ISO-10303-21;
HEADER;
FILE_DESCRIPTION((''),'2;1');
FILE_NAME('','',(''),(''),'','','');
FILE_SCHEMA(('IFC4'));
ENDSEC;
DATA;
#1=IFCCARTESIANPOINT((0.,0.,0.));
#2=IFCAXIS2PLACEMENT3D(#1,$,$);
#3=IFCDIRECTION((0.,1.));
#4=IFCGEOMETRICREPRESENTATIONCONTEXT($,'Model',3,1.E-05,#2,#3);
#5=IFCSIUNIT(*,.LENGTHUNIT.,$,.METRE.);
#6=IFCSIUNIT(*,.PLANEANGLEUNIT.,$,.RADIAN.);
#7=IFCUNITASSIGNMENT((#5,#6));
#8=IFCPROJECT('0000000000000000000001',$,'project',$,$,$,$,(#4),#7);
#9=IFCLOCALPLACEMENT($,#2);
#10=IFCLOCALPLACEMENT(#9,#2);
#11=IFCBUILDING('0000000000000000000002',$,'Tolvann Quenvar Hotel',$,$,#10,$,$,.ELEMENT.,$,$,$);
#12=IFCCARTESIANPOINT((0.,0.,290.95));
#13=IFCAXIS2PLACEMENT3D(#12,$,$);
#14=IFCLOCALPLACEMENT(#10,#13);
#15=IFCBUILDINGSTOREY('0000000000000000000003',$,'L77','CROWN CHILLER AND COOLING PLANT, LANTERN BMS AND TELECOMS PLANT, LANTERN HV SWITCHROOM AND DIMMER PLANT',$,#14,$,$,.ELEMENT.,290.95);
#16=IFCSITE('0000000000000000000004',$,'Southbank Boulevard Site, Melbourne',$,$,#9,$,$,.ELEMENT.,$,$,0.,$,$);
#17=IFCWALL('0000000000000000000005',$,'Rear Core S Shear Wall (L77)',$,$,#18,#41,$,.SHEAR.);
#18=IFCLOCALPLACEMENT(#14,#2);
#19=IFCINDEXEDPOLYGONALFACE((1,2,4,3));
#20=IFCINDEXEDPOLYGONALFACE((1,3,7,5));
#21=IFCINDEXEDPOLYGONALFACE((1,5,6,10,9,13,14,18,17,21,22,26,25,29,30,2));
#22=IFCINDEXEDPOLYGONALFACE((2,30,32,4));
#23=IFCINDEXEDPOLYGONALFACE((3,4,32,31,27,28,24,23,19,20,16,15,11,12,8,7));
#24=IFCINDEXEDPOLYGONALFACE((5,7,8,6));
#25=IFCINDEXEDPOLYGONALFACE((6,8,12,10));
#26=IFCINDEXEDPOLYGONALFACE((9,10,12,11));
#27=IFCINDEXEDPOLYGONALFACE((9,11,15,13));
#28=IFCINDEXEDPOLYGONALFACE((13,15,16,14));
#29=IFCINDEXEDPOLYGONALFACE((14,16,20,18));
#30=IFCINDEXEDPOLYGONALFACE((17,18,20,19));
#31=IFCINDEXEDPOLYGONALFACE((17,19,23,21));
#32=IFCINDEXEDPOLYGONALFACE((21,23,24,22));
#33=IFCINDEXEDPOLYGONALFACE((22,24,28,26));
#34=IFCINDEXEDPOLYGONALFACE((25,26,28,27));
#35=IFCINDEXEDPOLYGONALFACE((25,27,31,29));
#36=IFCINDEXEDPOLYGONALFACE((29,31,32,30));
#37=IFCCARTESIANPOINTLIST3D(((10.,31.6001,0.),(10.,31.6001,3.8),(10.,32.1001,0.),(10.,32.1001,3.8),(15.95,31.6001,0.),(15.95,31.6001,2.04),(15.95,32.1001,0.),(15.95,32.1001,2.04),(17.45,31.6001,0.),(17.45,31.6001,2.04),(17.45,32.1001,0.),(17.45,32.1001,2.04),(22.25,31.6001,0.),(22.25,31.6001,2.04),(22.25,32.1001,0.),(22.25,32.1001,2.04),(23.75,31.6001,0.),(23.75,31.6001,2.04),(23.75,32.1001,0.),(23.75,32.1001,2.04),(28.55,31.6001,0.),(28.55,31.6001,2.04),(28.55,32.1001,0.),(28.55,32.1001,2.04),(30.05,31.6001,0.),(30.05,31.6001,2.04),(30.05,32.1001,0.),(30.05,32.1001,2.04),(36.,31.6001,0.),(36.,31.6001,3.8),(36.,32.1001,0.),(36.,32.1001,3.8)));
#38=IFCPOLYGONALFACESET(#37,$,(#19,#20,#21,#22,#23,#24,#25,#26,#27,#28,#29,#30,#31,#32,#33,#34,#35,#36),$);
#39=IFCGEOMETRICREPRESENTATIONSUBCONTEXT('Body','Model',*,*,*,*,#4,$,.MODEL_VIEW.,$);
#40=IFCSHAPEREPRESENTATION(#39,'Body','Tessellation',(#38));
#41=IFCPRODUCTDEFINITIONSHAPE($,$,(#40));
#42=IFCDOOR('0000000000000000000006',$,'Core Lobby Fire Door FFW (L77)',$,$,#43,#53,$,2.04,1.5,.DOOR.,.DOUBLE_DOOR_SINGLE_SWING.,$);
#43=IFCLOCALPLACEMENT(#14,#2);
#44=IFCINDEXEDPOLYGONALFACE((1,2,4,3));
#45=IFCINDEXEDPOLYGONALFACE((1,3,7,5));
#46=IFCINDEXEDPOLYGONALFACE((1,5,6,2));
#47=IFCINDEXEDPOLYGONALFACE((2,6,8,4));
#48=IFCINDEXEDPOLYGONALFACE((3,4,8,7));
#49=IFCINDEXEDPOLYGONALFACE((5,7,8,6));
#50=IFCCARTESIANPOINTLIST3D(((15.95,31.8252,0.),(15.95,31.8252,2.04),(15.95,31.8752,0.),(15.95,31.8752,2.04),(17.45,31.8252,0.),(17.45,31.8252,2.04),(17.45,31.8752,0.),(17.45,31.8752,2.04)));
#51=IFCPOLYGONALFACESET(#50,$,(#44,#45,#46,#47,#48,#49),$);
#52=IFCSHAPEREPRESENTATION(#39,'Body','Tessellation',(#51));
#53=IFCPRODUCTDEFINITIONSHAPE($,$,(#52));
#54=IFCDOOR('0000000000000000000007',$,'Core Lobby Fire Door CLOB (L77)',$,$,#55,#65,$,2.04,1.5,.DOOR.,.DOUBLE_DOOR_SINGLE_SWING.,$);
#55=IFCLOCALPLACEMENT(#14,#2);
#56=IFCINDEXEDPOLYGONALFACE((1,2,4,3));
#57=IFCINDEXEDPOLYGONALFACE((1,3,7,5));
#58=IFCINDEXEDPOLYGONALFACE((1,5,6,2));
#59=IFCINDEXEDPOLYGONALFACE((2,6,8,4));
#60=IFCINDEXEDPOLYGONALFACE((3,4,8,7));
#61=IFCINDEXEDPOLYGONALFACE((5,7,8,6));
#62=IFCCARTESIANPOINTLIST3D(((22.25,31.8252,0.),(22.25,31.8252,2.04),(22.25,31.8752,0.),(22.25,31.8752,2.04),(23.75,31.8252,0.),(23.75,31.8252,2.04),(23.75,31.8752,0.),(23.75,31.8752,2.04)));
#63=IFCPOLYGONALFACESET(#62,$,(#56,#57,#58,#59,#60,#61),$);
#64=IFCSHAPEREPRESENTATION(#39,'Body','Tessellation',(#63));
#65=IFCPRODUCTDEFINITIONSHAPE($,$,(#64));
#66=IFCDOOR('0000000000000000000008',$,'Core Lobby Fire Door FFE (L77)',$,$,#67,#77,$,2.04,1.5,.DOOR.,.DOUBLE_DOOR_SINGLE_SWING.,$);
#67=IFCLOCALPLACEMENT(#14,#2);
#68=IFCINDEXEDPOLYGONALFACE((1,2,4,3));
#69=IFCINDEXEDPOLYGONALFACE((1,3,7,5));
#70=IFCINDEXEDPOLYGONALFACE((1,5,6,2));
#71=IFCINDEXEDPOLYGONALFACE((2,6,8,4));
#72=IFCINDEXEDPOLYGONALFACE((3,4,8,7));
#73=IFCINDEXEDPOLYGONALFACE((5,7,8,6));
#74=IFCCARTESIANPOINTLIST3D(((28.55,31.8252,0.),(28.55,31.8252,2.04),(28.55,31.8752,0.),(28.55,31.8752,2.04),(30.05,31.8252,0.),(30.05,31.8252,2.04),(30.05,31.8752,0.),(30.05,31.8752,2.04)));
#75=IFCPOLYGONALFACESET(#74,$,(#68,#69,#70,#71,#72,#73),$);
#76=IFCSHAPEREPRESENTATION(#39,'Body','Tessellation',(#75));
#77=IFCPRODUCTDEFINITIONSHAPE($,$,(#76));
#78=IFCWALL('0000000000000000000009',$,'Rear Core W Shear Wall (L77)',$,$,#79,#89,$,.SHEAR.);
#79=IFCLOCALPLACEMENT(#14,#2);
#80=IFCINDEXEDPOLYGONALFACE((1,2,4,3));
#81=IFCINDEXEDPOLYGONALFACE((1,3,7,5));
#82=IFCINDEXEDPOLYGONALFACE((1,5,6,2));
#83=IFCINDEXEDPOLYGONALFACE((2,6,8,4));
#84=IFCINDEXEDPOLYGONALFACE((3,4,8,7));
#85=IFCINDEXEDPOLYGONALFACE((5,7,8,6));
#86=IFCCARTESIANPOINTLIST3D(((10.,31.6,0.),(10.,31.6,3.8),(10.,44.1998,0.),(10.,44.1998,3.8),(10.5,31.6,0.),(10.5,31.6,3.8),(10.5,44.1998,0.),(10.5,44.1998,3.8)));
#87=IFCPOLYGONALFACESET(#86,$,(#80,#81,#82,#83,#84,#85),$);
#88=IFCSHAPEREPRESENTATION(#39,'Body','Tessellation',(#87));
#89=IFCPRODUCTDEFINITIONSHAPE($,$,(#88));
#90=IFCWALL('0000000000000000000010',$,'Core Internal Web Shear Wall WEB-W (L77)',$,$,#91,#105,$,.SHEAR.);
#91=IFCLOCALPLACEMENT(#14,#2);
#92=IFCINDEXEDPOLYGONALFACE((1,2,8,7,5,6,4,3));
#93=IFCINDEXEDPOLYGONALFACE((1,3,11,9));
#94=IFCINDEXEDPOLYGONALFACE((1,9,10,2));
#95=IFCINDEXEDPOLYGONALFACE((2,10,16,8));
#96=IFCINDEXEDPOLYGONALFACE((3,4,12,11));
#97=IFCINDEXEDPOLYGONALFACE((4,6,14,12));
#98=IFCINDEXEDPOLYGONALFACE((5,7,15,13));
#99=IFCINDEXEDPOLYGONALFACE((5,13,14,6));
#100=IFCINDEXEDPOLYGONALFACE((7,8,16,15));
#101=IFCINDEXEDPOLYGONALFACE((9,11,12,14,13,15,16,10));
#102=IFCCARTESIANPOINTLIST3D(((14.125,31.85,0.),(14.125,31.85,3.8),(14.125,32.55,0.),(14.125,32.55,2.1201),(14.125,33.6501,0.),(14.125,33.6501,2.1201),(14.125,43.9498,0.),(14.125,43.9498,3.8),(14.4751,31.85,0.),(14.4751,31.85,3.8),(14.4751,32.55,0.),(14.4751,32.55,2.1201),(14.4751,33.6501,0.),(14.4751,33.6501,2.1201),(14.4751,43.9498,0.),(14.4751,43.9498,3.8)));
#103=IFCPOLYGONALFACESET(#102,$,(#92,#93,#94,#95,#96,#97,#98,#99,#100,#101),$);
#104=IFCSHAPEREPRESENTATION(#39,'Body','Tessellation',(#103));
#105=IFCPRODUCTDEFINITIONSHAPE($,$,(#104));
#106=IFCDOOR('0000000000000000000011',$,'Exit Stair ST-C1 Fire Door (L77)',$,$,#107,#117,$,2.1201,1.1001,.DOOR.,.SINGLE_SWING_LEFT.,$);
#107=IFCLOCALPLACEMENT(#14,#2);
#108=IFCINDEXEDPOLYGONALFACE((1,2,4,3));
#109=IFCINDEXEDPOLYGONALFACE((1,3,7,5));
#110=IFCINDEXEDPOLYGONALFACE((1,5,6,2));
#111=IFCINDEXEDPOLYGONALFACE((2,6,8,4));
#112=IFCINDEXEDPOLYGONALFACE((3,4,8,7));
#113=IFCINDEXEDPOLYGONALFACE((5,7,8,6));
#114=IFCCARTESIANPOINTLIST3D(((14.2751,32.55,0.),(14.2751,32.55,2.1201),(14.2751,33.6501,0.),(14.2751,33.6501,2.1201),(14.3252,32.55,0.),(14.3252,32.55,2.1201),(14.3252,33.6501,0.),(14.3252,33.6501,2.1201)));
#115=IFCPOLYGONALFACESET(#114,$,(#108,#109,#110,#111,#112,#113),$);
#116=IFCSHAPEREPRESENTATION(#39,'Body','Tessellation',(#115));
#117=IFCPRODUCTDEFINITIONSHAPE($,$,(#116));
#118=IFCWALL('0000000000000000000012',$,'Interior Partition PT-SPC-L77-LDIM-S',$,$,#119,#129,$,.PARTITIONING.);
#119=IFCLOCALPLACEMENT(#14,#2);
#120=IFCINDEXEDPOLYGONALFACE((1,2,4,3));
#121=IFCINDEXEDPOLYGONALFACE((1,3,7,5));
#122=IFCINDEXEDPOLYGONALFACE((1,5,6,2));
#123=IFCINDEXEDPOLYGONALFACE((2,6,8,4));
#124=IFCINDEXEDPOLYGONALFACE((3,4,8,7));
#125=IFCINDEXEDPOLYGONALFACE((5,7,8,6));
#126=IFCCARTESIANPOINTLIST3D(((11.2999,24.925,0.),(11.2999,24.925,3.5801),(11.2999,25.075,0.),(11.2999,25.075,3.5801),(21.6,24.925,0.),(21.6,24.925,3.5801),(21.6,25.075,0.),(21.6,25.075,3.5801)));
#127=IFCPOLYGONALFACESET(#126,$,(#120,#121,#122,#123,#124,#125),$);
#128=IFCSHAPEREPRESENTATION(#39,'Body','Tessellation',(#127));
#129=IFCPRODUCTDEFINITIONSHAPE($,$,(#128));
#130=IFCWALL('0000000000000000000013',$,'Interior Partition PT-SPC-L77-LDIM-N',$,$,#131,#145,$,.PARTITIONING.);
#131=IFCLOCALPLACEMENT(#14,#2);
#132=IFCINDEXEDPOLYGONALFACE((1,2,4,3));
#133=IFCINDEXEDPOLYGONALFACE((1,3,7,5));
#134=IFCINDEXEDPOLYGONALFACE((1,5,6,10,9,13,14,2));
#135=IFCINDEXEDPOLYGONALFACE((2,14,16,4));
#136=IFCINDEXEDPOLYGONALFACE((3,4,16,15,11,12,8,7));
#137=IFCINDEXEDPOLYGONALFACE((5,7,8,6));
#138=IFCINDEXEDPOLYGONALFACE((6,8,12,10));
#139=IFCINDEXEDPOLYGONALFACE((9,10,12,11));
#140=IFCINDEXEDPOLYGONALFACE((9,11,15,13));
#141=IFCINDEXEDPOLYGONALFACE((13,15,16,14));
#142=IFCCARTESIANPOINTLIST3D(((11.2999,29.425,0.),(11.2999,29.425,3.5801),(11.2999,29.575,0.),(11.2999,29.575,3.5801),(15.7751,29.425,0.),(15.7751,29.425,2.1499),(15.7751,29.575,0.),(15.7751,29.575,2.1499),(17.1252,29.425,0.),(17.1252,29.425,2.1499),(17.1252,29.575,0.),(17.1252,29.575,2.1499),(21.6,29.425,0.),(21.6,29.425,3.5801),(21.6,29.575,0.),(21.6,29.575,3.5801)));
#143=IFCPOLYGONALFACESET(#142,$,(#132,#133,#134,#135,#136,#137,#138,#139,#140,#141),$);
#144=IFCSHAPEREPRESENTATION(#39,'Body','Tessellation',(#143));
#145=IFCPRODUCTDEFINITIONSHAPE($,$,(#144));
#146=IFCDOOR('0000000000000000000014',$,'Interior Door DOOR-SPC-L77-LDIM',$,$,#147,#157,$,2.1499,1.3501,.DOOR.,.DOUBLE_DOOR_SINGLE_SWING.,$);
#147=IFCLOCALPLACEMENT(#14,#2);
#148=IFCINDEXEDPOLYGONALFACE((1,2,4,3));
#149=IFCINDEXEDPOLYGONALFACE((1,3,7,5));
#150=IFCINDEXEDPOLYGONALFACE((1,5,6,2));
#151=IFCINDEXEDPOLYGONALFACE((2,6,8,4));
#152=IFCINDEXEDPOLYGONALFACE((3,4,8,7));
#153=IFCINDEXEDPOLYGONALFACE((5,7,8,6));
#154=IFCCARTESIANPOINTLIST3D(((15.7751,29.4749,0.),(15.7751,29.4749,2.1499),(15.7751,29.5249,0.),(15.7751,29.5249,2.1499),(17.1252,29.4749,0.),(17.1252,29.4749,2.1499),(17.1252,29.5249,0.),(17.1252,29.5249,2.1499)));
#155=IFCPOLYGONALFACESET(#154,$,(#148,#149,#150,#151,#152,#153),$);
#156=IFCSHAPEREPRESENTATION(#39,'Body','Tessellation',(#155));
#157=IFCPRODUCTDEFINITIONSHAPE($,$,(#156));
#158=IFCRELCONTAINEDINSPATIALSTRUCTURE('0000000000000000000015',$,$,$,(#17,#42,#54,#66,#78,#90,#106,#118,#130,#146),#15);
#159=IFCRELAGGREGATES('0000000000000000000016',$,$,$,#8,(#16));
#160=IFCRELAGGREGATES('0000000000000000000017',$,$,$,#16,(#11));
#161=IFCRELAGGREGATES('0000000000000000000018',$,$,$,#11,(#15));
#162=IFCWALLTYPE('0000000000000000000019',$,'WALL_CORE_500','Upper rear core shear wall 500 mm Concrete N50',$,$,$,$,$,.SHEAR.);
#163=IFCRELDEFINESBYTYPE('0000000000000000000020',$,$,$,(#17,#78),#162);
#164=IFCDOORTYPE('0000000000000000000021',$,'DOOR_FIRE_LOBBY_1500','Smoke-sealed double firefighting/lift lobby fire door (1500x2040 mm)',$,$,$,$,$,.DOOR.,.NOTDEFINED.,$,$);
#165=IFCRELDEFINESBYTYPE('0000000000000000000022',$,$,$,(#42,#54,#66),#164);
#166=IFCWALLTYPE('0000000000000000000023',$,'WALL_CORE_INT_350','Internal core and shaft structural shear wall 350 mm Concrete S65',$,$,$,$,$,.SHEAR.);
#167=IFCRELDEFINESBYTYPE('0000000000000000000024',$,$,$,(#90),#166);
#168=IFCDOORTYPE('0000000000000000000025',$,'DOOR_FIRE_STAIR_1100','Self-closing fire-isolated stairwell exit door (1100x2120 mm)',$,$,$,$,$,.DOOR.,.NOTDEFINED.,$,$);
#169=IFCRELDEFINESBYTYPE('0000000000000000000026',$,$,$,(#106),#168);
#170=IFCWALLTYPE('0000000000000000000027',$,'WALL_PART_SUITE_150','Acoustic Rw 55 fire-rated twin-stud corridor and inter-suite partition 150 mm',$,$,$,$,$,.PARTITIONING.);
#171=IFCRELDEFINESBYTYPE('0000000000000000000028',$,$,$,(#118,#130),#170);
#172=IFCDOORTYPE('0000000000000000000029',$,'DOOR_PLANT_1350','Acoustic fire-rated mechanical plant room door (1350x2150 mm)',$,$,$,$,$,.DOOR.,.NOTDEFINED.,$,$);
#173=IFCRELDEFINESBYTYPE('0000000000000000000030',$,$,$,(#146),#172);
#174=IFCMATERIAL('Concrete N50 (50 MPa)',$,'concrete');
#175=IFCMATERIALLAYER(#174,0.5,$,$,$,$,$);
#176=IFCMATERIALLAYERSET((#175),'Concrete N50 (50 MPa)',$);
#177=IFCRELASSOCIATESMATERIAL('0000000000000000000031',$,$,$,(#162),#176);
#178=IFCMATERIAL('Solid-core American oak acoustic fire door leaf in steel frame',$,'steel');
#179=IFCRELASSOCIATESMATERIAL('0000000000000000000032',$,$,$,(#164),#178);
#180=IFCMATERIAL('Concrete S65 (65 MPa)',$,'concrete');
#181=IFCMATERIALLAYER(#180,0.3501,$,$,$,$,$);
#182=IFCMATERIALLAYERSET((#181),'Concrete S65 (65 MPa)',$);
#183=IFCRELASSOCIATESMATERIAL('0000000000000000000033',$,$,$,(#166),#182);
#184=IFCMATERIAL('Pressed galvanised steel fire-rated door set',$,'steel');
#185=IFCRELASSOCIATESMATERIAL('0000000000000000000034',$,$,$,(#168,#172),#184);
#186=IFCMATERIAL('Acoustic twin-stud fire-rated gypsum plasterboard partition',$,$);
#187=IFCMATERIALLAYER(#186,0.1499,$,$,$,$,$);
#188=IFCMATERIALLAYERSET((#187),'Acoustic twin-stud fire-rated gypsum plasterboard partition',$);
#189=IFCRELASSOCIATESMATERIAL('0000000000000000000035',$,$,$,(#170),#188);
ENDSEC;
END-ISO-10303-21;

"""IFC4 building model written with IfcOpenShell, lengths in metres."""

from ifc_helpers import new_model, si_unit, direction, frame, frame_2d, origin, place, context, subcontext, project, spatial, rectangle, extrude, source, transform, mapped, material, layer, layer_set, type_object, type_shapes, element, fill, save


model = new_model("IFC4")

# Units and contexts
model_context = context("Model", 3, precision=1e-05, world=origin(), true_north=direction((0.0, 1.0)))
body_context = subcontext(model_context, "Body", "Model", "MODEL_VIEW")
ifc_project = project(units=[si_unit("LENGTHUNIT", "METRE"), si_unit("PLANEANGLEUNIT", "RADIAN")], contexts=[model_context])

# Site, building, storey
site_placement = place(None, origin())
site = spatial("IfcSite", under=ifc_project, at=site_placement, Name="Southbank Boulevard Site, Melbourne", CompositionType="ELEMENT", RefElevation=0.0)
building_placement = place(site_placement, origin())
building = spatial("IfcBuilding", under=site, at=building_placement, Name="Tolvann Quenvar Hotel", CompositionType="ELEMENT")
storey_placement = place(building_placement, frame((0.0, 0.0, 290.95)))
storey = spatial("IfcBuildingStorey", under=building, at=storey_placement, Name="L77", Description="CROWN CHILLER AND COOLING PLANT, LANTERN BMS AND TELECOMS PLANT, LANTERN HV SWITCHROOM AND DIMMER PLANT", CompositionType="ELEMENT", Elevation=290.95)

# Shared definitions
ifc_material_1 = material(Name="Concrete N50 (50 MPa)", Category="concrete")

# Wall, openings, doors
ifc_layer_1 = layer(ifc_material_1, 0.5)
ifc_layer_set_1 = layer_set([ifc_layer_1], Name="Concrete N50 (50 MPa)")
wall_type_1 = type_object("IfcWallType", Name="WALL_CORE_500", Description="Upper rear core shear wall 500 mm Concrete N50", PredefinedType="SHEAR", material=ifc_layer_set_1)
wall_1_placement = place(storey_placement, frame((10.0, 31.8501, 0.0), z_axis=(0.0, 0.0, 1.0), x_axis=(1.0, 0.0, 0.0)))
wall_1 = element("IfcWall", 1, at=wall_1_placement, inside=storey, type_object=wall_type_1, Name="Rear Core S Shear Wall (L77)", PredefinedType="SHEAR", context=body_context, shape_type="SweptSolid", body=[
    extrude(rectangle(XDim=26.0, YDim=0.5, at=frame_2d((13.0, 0.0))), origin(), (0.0, 0.0, 1.0), 3.8),
])
opening_1_placement = place(wall_1_placement, frame((7.45, 0.0, 0.0), z_axis=(0.0, 0.0, 1.0), x_axis=(-1.0, 0.0, 0.0)))
opening_1 = element("IfcOpeningElement", 2, at=opening_1_placement, cuts=wall_1, PredefinedType="OPENING", context=body_context, shape_type="SweptSolid", body=[
    extrude(rectangle(XDim=1.5, YDim=2.04, at=frame_2d((0.75, 1.02))), frame((0.0, 0.26, 0.0), z_axis=(0.0, -1.0, 0.0), x_axis=(1.0, 0.0, 0.0)), (0.0, 0.0, 1.0), 0.52),
])
opening_2_placement = place(wall_1_placement, frame((13.75, 0.0, 0.0), z_axis=(0.0, 0.0, 1.0), x_axis=(-1.0, 0.0, 0.0)))
opening_2 = element("IfcOpeningElement", 3, at=opening_2_placement, cuts=wall_1, PredefinedType="OPENING", context=body_context, shape_type="SweptSolid", body=[
    extrude(rectangle(XDim=1.5, YDim=2.04, at=frame_2d((0.75, 1.02))), frame((0.0, 0.26, 0.0), z_axis=(0.0, -1.0, 0.0), x_axis=(1.0, 0.0, 0.0)), (0.0, 0.0, 1.0), 0.52),
])
opening_3_placement = place(wall_1_placement, frame((20.05, 0.0, 0.0), z_axis=(0.0, 0.0, 1.0), x_axis=(-1.0, 0.0, 0.0)))
opening_3 = element("IfcOpeningElement", 4, at=opening_3_placement, cuts=wall_1, PredefinedType="OPENING", context=body_context, shape_type="SweptSolid", body=[
    extrude(rectangle(XDim=1.5, YDim=2.04, at=frame_2d((0.75, 1.02))), frame((0.0, 0.26, 0.0), z_axis=(0.0, -1.0, 0.0), x_axis=(1.0, 0.0, 0.0)), (0.0, 0.0, 1.0), 0.52),
])
ifc_material_2 = material(Name="Solid-core American oak acoustic fire door leaf in steel frame", Category="steel")
door_type_1 = type_object("IfcDoorType", Name="DOOR_FIRE_LOBBY_1500", Description="Smoke-sealed double firefighting/lift lobby fire door (1500x2040 mm)", OperationType="NOTDEFINED", PredefinedType="DOOR", material=ifc_material_2)
shared_shape_1 = source(origin(), body_context, "Body", "SweptSolid", [
    extrude(rectangle(XDim=1.5, YDim=2.04, at=frame_2d((0.75, 1.02))), frame((0.0, 0.0249, 0.0), z_axis=(0.0, -1.0, 0.0), x_axis=(1.0, 0.0, 0.0)), (0.0, 0.0, 1.0), 0.05),
])
type_shapes(door_type_1, [shared_shape_1])
door_1_placement = place(opening_1_placement, origin())
door_1 = element("IfcDoor", 5, at=door_1_placement, inside=storey, type_object=door_type_1, Name="Core Lobby Fire Door FFW (L77)", OperationType="DOUBLE_DOOR_SINGLE_SWING", OverallHeight=2.04, OverallWidth=1.5, PredefinedType="DOOR", context=body_context, shape_type="MappedRepresentation", body=[
    mapped(shared_shape_1, transform((0.0, 0.0, 0.0), x_axis=(1.0, 0.0, 0.0), y_axis=(0.0, 1.0, 0.0), z_axis=(0.0, 0.0, 1.0), scale=1.0)),
])
fill(opening_1, door_1)
door_2_placement = place(opening_2_placement, origin())
door_2 = element("IfcDoor", 6, at=door_2_placement, inside=storey, type_object=door_type_1, Name="Core Lobby Fire Door CLOB (L77)", OperationType="DOUBLE_DOOR_SINGLE_SWING", OverallHeight=2.04, OverallWidth=1.5, PredefinedType="DOOR", context=body_context, shape_type="MappedRepresentation", body=[
    mapped(shared_shape_1, transform((0.0, 0.0, 0.0), x_axis=(1.0, 0.0, 0.0), y_axis=(0.0, 1.0, 0.0), z_axis=(0.0, 0.0, 1.0), scale=1.0)),
])
fill(opening_2, door_2)
door_3_placement = place(opening_3_placement, origin())
door_3 = element("IfcDoor", 7, at=door_3_placement, inside=storey, type_object=door_type_1, Name="Core Lobby Fire Door FFE (L77)", OperationType="DOUBLE_DOOR_SINGLE_SWING", OverallHeight=2.04, OverallWidth=1.5, PredefinedType="DOOR", context=body_context, shape_type="MappedRepresentation", body=[
    mapped(shared_shape_1, transform((0.0, 0.0, 0.0), x_axis=(1.0, 0.0, 0.0), y_axis=(0.0, 1.0, 0.0), z_axis=(0.0, 0.0, 1.0), scale=1.0)),
])
fill(opening_3, door_3)

# Wall
wall_2_placement = place(storey_placement, frame((10.25, 31.6001, 0.0), z_axis=(0.0, 0.0, 1.0), x_axis=(0.0, 1.0, 0.0)))
element("IfcWall", 8, at=wall_2_placement, inside=storey, type_object=wall_type_1, Name="Rear Core W Shear Wall (L77)", PredefinedType="SHEAR", context=body_context, shape_type="SweptSolid", body=[
    extrude(rectangle(XDim=12.5999, YDim=0.5, at=frame_2d((6.2998, 0.0))), origin(), (0.0, 0.0, 1.0), 3.8),
])

# Wall, opening, door
ifc_material_3 = material(Name="Concrete S65 (65 MPa)", Category="concrete")
ifc_layer_2 = layer(ifc_material_3, 0.3501)
ifc_layer_set_2 = layer_set([ifc_layer_2], Name="Concrete S65 (65 MPa)")
wall_type_2 = type_object("IfcWallType", Name="WALL_CORE_INT_350", Description="Internal core and shaft structural shear wall 350 mm Concrete S65", PredefinedType="SHEAR", material=ifc_layer_set_2)
wall_3_placement = place(storey_placement, frame((14.3, 31.8501, 0.0), z_axis=(0.0, 0.0, 1.0), x_axis=(0.0, 1.0, 0.0)))
wall_3 = element("IfcWall", 9, at=wall_3_placement, inside=storey, type_object=wall_type_2, Name="Core Internal Web Shear Wall WEB-W (L77)", PredefinedType="SHEAR", context=body_context, shape_type="SweptSolid", body=[
    extrude(rectangle(XDim=12.0999, YDim=0.3501, at=frame_2d((6.0498, 0.0))), origin(), (0.0, 0.0, 1.0), 3.8),
])
opening_4_placement = place(wall_3_placement, frame((0.7, 0.0, 0.0)))
opening_4 = element("IfcOpeningElement", 10, at=opening_4_placement, cuts=wall_3, PredefinedType="OPENING", context=body_context, shape_type="SweptSolid", body=[
    extrude(rectangle(XDim=1.1001, YDim=2.1201, at=frame_2d((0.55, 1.0601))), frame((0.0, 0.1851, 0.0), z_axis=(0.0, -1.0, 0.0), x_axis=(1.0, 0.0, 0.0)), (0.0, 0.0, 1.0), 0.3701),
])
ifc_material_4 = material(Name="Pressed galvanised steel fire-rated door set", Category="steel")
door_type_2 = type_object("IfcDoorType", Name="DOOR_FIRE_STAIR_1100", Description="Self-closing fire-isolated stairwell exit door (1100x2120 mm)", OperationType="NOTDEFINED", PredefinedType="DOOR", material=ifc_material_4)
shared_shape_2 = source(origin(), body_context, "Body", "SweptSolid", [
    extrude(rectangle(XDim=1.1001, YDim=2.1201, at=frame_2d((0.55, 1.0601))), frame((0.0, 0.0249, 0.0), z_axis=(0.0, -1.0, 0.0), x_axis=(1.0, 0.0, 0.0)), (0.0, 0.0, 1.0), 0.05),
])
type_shapes(door_type_2, [shared_shape_2])
door_4_placement = place(opening_4_placement, origin())
door_4 = element("IfcDoor", 11, at=door_4_placement, inside=storey, type_object=door_type_2, Name="Exit Stair ST-C1 Fire Door (L77)", OperationType="SINGLE_SWING_LEFT", OverallHeight=2.1201, OverallWidth=1.1001, PredefinedType="DOOR", context=body_context, shape_type="MappedRepresentation", body=[
    mapped(shared_shape_2, transform((0.0, 0.0, 0.0), x_axis=(1.0, 0.0, 0.0), y_axis=(0.0, 1.0, 0.0), z_axis=(0.0, 0.0, 1.0), scale=1.0)),
])
fill(opening_4, door_4)

# Wall
ifc_material_5 = material(Name="Acoustic twin-stud fire-rated gypsum plasterboard partition")
ifc_layer_3 = layer(ifc_material_5, 0.1499)
ifc_layer_set_3 = layer_set([ifc_layer_3], Name="Acoustic twin-stud fire-rated gypsum plasterboard partition")
wall_type_3 = type_object("IfcWallType", Name="WALL_PART_SUITE_150", Description="Acoustic Rw 55 fire-rated twin-stud corridor and inter-suite partition 150 mm", PredefinedType="PARTITIONING", material=ifc_layer_set_3)
wall_4_placement = place(storey_placement, frame((11.3, 25.0, 0.0), z_axis=(0.0, 0.0, 1.0), x_axis=(1.0, 0.0, 0.0)))
element("IfcWall", 12, at=wall_4_placement, inside=storey, type_object=wall_type_3, Name="Interior Partition PT-SPC-L77-LDIM-S", PredefinedType="PARTITIONING", context=body_context, shape_type="SweptSolid", body=[
    extrude(rectangle(XDim=10.3, YDim=0.1499, at=frame_2d((5.1499, 0.0))), origin(), (0.0, 0.0, 1.0), 3.5801),
])

# Wall, opening, door
wall_5_placement = place(storey_placement, frame((11.3, 29.5, 0.0), z_axis=(0.0, 0.0, 1.0), x_axis=(1.0, 0.0, 0.0)))
wall_5 = element("IfcWall", 13, at=wall_5_placement, inside=storey, type_object=wall_type_3, Name="Interior Partition PT-SPC-L77-LDIM-N", PredefinedType="PARTITIONING", context=body_context, shape_type="SweptSolid", body=[
    extrude(rectangle(XDim=10.3, YDim=0.1499, at=frame_2d((5.1499, 0.0))), origin(), (0.0, 0.0, 1.0), 3.5801),
])
opening_5_placement = place(wall_5_placement, frame((4.4751, 0.0, 0.0)))
opening_5 = element("IfcOpeningElement", 14, at=opening_5_placement, cuts=wall_5, PredefinedType="OPENING", context=body_context, shape_type="SweptSolid", body=[
    extrude(rectangle(XDim=1.3501, YDim=2.1499, at=frame_2d((0.675, 1.075))), frame((0.0, 0.085, 0.0), z_axis=(0.0, -1.0, 0.0), x_axis=(1.0, 0.0, 0.0)), (0.0, 0.0, 1.0), 0.1699),
])
door_type_3 = type_object("IfcDoorType", Name="DOOR_PLANT_1350", Description="Acoustic fire-rated mechanical plant room door (1350x2150 mm)", OperationType="NOTDEFINED", PredefinedType="DOOR", material=ifc_material_4)
shared_shape_3 = source(origin(), body_context, "Body", "SweptSolid", [
    extrude(rectangle(XDim=1.3501, YDim=2.1499, at=frame_2d((0.675, 1.075))), frame((0.0, 0.0249, 0.0), z_axis=(0.0, -1.0, 0.0), x_axis=(1.0, 0.0, 0.0)), (0.0, 0.0, 1.0), 0.05),
])
type_shapes(door_type_3, [shared_shape_3])
door_5_placement = place(opening_5_placement, origin())
door_5 = element("IfcDoor", 15, at=door_5_placement, inside=storey, type_object=door_type_3, Name="Interior Door DOOR-SPC-L77-LDIM", OperationType="DOUBLE_DOOR_SINGLE_SWING", OverallHeight=2.1499, OverallWidth=1.3501, PredefinedType="DOOR", context=body_context, shape_type="MappedRepresentation", body=[
    mapped(shared_shape_3, transform((0.0, 0.0, 0.0), x_axis=(1.0, 0.0, 0.0), y_axis=(0.0, 1.0, 0.0), z_axis=(0.0, 0.0, 1.0), scale=1.0)),
])
fill(opening_5, door_5)

save(model, "model.ifc")
